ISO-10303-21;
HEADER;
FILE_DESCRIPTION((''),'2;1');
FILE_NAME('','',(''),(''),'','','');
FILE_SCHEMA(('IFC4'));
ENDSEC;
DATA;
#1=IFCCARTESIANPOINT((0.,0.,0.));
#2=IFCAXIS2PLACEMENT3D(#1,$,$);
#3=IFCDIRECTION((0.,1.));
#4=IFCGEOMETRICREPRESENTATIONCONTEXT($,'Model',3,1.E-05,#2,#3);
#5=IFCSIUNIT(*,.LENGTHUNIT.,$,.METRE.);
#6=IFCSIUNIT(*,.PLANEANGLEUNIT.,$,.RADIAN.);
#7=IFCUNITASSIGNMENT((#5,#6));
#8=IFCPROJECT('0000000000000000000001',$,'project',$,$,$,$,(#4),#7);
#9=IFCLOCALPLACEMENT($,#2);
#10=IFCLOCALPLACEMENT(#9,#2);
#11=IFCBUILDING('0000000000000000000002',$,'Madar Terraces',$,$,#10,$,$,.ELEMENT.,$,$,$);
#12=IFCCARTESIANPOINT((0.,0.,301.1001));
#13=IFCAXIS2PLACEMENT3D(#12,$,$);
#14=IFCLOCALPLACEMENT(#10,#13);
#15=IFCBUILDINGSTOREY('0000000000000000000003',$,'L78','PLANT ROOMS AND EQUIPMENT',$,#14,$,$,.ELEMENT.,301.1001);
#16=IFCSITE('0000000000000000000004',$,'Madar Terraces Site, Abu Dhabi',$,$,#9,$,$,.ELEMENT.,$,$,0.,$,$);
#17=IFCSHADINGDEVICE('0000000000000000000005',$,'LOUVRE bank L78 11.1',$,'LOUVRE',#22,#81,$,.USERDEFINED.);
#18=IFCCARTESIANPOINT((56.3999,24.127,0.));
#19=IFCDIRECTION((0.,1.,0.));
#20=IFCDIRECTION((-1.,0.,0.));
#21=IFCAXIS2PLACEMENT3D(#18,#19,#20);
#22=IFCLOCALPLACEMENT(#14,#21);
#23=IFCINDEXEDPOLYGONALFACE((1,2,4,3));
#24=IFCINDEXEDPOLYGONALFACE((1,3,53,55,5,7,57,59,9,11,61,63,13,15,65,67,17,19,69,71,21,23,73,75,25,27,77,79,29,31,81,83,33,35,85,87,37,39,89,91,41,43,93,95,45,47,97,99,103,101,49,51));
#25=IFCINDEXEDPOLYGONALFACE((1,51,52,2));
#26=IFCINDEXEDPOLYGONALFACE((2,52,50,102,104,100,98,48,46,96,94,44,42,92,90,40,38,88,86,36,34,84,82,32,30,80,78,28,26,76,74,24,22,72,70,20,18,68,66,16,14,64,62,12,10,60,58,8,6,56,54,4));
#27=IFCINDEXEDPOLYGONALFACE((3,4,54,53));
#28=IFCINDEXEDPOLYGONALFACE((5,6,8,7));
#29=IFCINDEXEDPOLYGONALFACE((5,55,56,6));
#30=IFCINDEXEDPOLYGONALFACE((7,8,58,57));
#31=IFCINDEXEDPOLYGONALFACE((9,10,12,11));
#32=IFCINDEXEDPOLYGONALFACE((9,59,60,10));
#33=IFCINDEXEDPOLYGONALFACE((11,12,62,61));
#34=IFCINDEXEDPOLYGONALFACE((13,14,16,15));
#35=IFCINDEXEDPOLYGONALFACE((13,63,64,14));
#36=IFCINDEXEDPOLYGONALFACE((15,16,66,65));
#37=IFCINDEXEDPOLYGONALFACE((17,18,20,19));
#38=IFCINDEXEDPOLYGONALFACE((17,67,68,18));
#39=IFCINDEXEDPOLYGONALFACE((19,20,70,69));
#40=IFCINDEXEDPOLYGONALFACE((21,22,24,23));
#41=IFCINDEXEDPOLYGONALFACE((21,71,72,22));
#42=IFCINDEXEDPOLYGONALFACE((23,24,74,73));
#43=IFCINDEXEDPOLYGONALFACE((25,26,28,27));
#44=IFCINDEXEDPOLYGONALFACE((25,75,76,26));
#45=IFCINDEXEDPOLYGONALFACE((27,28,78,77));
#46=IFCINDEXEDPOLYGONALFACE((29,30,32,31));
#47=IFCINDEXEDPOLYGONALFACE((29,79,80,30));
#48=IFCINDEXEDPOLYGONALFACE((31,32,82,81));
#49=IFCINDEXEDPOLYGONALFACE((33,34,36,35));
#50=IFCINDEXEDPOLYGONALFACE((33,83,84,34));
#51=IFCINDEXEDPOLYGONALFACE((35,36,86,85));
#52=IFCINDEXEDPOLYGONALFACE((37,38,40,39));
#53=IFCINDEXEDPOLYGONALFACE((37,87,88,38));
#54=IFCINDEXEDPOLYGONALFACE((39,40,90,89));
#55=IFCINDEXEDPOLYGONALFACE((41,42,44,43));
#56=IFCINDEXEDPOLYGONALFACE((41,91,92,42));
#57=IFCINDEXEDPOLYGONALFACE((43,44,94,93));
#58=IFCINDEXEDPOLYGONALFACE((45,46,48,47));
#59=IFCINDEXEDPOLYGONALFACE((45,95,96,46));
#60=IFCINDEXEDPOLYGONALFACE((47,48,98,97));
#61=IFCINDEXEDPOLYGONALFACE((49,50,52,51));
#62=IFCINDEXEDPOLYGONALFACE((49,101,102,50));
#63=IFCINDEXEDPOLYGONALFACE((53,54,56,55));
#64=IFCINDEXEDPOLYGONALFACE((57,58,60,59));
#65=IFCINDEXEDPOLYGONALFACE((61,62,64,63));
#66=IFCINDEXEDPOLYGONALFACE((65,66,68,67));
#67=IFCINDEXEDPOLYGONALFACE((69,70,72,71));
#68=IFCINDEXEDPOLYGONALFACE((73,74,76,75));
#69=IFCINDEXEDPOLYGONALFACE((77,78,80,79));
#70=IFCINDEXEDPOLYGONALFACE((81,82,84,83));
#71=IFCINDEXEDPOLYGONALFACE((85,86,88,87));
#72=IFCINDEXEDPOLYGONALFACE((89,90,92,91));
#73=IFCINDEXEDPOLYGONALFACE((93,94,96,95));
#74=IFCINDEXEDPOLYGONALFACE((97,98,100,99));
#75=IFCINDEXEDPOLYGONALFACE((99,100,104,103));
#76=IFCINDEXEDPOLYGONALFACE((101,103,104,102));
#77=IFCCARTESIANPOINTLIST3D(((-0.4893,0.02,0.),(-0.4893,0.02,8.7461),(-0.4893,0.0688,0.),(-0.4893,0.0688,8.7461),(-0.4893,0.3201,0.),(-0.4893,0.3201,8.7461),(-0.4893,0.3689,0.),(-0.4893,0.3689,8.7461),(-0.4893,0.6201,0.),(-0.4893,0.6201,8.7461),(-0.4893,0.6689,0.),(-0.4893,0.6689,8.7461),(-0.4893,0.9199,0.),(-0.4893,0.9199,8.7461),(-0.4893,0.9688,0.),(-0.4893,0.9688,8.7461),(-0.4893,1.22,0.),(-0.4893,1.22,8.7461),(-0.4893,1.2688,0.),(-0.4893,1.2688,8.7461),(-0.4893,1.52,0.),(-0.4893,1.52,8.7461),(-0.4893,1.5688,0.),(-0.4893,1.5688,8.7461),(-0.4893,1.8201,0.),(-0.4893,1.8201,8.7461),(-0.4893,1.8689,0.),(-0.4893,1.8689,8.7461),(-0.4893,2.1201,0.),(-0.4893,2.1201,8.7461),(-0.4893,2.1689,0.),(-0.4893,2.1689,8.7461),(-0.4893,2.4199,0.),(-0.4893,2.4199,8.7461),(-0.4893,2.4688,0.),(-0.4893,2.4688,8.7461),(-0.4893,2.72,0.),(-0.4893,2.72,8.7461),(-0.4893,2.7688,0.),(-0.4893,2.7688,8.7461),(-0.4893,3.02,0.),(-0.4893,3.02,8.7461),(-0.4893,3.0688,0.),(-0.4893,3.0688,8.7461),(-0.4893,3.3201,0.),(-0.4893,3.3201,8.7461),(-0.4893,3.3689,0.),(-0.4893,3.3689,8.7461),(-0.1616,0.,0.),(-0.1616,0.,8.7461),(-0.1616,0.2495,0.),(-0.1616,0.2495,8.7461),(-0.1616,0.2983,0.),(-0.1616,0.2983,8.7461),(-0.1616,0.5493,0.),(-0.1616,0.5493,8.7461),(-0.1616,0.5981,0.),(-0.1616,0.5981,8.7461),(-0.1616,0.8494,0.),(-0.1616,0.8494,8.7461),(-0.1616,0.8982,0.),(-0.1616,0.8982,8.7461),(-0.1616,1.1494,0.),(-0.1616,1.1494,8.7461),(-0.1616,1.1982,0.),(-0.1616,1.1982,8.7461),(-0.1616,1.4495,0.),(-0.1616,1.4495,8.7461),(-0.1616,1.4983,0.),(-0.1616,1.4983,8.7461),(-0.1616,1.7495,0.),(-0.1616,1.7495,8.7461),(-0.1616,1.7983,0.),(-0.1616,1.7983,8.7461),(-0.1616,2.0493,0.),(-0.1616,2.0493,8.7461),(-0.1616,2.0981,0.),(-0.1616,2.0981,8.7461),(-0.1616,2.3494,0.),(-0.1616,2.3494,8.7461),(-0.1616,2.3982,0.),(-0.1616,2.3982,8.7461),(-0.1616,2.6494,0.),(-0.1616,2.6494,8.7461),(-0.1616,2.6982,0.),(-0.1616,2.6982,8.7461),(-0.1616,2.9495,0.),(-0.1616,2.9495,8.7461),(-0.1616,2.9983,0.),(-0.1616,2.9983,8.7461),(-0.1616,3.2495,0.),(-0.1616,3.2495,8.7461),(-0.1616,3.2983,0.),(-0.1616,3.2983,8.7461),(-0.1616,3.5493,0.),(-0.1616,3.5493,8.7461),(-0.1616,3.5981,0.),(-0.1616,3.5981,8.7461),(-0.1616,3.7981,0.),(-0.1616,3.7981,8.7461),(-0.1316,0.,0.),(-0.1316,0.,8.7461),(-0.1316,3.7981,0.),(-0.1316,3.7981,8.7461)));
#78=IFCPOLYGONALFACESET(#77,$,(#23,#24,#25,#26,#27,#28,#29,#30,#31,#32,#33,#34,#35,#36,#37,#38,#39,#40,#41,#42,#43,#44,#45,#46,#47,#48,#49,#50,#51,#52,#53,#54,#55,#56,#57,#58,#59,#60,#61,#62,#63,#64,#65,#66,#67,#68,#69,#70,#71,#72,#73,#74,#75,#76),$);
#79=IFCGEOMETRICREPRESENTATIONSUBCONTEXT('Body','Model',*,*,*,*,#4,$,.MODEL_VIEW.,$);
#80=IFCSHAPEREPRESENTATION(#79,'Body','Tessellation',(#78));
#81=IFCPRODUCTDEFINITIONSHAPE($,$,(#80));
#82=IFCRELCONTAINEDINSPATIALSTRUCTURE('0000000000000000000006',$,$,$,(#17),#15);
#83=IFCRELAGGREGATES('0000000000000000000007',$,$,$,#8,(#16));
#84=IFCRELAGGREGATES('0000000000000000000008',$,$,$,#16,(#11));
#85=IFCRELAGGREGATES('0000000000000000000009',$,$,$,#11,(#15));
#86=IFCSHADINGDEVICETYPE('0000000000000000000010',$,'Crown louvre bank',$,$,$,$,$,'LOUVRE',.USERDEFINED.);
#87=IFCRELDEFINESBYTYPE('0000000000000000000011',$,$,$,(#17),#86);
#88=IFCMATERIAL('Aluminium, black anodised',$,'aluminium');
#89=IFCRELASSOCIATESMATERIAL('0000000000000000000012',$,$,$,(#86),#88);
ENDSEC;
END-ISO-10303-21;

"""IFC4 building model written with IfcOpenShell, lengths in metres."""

from ifc_helpers import new_model, si_unit, direction, frame, origin, place, context, subcontext, project, spatial, polyline, outline, extrude, material, type_object, element, save


model = new_model("IFC4")

# Units and contexts
model_context = context("Model", 3, precision=1e-05, world=origin(), true_north=direction((0.0, 1.0)))
body_context = subcontext(model_context, "Body", "Model", "MODEL_VIEW")
ifc_project = project(units=[si_unit("LENGTHUNIT", "METRE"), si_unit("PLANEANGLEUNIT", "RADIAN")], contexts=[model_context])

# Site, building, storey
site_placement = place(None, origin())
site = spatial("IfcSite", under=ifc_project, at=site_placement, Name="Madar Terraces Site, Abu Dhabi", CompositionType="ELEMENT", RefElevation=0.0)
building_placement = place(site_placement, origin())
building = spatial("IfcBuilding", under=site, at=building_placement, Name="Madar Terraces", CompositionType="ELEMENT")
storey_placement = place(building_placement, frame((0.0, 0.0, 301.1001)))
storey = spatial("IfcBuildingStorey", under=building, at=storey_placement, Name="L78", Description="PLANT ROOMS AND EQUIPMENT", CompositionType="ELEMENT", Elevation=301.1001)

# Shading device
ifc_material_1 = material(Name="Aluminium, black anodised", Category="aluminium")
shading_device_type = type_object("IfcShadingDeviceType", Name="Crown louvre bank", ElementType="LOUVRE", PredefinedType="USERDEFINED", material=ifc_material_1)
shading_device_1_placement = place(storey_placement, frame((56.3999, 24.127, 0.0), z_axis=(0.0, 1.0, 0.0), x_axis=(-1.0, 0.0, 0.0)))
element("IfcShadingDevice", 1, at=shading_device_1_placement, inside=storey, type_object=shading_device_type, Name="LOUVRE bank L78 11.1", ObjectType="LOUVRE", PredefinedType="USERDEFINED", context=body_context, shape_type="SweptSolid", body=[
    extrude(outline(polyline([(-0.1316, 0.0), (-0.1616, 0.0), (-0.1616, 0.2495), (-0.4893, 0.02), (-0.4893, 0.0688), (-0.1616, 0.2983), (-0.1616, 0.5493), (-0.4893, 0.3201), (-0.4893, 0.3689), (-0.1616, 0.5981), (-0.1616, 0.8494), (-0.4893, 0.6201), (-0.4893, 0.6689), (-0.1616, 0.8982), (-0.1616, 1.1494), (-0.4893, 0.9199), (-0.4893, 0.9688), (-0.1616, 1.1982), (-0.1616, 1.4495), (-0.4893, 1.22), (-0.4893, 1.2688), (-0.1616, 1.4983), (-0.1616, 1.7495), (-0.4893, 1.52), (-0.4893, 1.5688), (-0.1616, 1.7983), (-0.1616, 2.0493), (-0.4893, 1.8201), (-0.4893, 1.8689), (-0.1616, 2.0981), (-0.1616, 2.3494), (-0.4893, 2.1201), (-0.4893, 2.1689), (-0.1616, 2.3982), (-0.1616, 2.6494), (-0.4893, 2.4199), (-0.4893, 2.4688), (-0.1616, 2.6982), (-0.1616, 2.9495), (-0.4893, 2.72), (-0.4893, 2.7688), (-0.1616, 2.9983), (-0.1616, 3.2495), (-0.4893, 3.02), (-0.4893, 3.0688), (-0.1616, 3.2983), (-0.1616, 3.5493), (-0.4893, 3.3201), (-0.4893, 3.3689), (-0.1616, 3.5981), (-0.1616, 3.7981), (-0.1316, 3.7981), (-0.1316, 0.0)])), origin(), (0.0, 0.0, 1.0), 8.7461),
])

save(model, "model.ifc")
